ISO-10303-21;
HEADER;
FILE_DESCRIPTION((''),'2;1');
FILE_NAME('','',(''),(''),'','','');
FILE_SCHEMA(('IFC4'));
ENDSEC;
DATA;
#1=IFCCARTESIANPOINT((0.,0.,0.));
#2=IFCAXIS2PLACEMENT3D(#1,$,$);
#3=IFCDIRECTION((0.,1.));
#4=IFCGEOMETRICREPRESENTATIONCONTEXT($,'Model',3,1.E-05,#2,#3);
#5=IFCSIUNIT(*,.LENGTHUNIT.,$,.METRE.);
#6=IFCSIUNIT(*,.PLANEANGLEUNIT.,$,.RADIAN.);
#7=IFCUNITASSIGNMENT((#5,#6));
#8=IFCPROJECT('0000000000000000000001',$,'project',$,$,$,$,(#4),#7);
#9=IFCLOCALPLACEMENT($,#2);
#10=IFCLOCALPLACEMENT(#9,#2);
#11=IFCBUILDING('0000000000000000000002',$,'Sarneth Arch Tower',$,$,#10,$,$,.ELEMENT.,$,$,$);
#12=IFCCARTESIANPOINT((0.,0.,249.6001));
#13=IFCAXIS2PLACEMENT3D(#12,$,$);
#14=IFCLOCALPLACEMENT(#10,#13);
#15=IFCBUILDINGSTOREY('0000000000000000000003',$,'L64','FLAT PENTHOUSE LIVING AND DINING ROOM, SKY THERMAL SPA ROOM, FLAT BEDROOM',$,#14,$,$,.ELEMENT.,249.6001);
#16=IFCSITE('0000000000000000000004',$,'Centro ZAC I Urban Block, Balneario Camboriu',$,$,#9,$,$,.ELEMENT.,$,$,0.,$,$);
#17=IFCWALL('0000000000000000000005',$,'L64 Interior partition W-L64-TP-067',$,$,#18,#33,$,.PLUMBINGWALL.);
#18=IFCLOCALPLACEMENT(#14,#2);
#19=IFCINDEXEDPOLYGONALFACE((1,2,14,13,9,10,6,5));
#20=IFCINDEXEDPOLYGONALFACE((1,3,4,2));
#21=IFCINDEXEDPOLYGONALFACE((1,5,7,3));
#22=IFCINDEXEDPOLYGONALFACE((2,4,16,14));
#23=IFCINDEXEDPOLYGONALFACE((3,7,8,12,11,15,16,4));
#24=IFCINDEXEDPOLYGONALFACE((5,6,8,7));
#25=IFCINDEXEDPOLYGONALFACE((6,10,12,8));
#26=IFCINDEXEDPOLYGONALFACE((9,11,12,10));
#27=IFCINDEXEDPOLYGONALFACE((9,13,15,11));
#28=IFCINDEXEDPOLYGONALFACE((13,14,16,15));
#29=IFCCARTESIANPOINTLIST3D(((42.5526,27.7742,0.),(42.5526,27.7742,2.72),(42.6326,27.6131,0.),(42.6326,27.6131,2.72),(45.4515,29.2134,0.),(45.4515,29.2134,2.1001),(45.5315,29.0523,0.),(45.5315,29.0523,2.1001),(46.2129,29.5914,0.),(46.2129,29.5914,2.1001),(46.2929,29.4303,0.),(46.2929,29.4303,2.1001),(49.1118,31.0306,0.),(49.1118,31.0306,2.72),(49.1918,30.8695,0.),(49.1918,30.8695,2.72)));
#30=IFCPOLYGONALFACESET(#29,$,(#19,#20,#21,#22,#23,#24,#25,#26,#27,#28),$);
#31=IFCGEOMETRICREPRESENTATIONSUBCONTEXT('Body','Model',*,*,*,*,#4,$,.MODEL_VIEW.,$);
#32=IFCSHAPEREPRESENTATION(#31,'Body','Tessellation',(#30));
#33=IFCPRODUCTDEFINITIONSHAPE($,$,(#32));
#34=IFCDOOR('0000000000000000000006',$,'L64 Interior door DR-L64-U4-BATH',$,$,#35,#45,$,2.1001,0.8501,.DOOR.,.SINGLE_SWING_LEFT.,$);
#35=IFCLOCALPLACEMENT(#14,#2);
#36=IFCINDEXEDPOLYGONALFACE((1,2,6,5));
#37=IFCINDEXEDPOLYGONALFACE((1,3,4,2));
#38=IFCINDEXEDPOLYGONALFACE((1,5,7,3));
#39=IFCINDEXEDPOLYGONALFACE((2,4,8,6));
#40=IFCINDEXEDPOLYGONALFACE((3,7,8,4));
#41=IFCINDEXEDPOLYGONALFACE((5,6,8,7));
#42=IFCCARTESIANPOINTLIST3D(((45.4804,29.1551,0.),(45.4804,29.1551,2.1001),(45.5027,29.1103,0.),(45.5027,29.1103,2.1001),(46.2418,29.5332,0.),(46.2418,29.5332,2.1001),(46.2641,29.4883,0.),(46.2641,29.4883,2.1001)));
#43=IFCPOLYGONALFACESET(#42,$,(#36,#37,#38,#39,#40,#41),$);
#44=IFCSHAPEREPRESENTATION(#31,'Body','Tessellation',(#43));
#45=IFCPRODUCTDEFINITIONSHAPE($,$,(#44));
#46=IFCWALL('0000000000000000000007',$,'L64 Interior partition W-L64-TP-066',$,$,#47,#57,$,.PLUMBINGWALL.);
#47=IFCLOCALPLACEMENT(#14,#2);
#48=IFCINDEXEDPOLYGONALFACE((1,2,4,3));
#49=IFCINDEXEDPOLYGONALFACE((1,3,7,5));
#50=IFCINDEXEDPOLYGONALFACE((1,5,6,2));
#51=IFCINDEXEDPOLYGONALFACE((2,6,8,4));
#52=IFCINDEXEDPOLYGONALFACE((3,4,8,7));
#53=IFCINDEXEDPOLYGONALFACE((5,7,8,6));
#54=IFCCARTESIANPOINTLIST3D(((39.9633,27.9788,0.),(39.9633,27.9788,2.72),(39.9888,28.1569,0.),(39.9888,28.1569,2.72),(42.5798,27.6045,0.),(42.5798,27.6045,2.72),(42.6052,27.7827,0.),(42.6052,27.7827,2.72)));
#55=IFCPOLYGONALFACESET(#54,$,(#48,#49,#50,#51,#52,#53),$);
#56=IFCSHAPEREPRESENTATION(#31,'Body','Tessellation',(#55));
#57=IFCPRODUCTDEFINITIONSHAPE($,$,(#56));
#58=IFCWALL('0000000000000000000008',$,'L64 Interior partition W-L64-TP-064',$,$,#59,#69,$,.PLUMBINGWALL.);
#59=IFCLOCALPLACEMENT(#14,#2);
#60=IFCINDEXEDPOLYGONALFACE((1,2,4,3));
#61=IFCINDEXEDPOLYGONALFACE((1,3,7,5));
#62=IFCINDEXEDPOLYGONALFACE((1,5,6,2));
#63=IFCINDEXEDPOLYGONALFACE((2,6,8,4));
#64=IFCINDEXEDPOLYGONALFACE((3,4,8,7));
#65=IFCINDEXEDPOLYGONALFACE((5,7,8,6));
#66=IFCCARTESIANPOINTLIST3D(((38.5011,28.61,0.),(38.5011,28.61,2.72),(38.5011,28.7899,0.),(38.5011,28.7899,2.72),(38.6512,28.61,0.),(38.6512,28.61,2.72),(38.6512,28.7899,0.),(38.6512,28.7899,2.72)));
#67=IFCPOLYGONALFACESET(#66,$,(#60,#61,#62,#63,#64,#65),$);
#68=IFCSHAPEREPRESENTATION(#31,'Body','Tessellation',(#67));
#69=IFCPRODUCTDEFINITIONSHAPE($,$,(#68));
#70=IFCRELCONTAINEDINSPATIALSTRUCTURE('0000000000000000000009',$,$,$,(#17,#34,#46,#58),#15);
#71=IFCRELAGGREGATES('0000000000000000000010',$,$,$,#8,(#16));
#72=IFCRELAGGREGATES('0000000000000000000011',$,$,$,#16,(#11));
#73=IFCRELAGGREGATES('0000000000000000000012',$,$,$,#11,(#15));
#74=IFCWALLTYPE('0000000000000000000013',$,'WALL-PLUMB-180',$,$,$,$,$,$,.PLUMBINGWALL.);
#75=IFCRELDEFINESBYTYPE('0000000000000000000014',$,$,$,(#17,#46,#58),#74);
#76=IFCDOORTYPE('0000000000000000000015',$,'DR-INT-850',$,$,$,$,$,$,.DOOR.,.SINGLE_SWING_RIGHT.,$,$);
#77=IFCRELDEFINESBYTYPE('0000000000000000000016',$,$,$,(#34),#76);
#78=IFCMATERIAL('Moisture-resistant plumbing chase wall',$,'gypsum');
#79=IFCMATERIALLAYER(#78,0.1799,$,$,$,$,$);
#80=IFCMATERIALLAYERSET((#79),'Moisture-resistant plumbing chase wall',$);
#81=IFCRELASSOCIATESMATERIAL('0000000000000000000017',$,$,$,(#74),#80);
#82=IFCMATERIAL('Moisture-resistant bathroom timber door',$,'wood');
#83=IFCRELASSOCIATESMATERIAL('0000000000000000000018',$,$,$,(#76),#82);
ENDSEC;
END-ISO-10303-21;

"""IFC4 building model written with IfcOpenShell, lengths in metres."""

from ifc_helpers import new_model, si_unit, direction, frame, frame_2d, origin, place, context, subcontext, project, spatial, rectangle, extrude, material, layer, layer_set, type_object, element, fill, save


model = new_model("IFC4")

# Units and contexts
model_context = context("Model", 3, precision=1e-05, world=origin(), true_north=direction((0.0, 1.0)))
body_context = subcontext(model_context, "Body", "Model", "MODEL_VIEW")
ifc_project = project(units=[si_unit("LENGTHUNIT", "METRE"), si_unit("PLANEANGLEUNIT", "RADIAN")], contexts=[model_context])

# Site, building, storey
site_placement = place(None, origin())
site = spatial("IfcSite", under=ifc_project, at=site_placement, Name="Centro ZAC I Urban Block, Balneario Camboriu", CompositionType="ELEMENT", RefElevation=0.0)
building_placement = place(site_placement, origin())
building = spatial("IfcBuilding", under=site, at=building_placement, Name="Sarneth Arch Tower", CompositionType="ELEMENT")
storey_placement = place(building_placement, frame((0.0, 0.0, 249.6001)))
storey = spatial("IfcBuildingStorey", under=building, at=storey_placement, Name="L64", Description="FLAT PENTHOUSE LIVING AND DINING ROOM, SKY THERMAL SPA ROOM, FLAT BEDROOM", CompositionType="ELEMENT", Elevation=249.6001)

# Wall, opening, door
ifc_material_1 = material(Name="Moisture-resistant plumbing chase wall", Category="gypsum")
ifc_layer_1 = layer(ifc_material_1, 0.1799)
ifc_layer_set_1 = layer_set([ifc_layer_1], Name="Moisture-resistant plumbing chase wall")
wall_type_1 = type_object("IfcWallType", Name="WALL-PLUMB-180", PredefinedType="PLUMBINGWALL", material=ifc_layer_set_1)
wall_1_placement = place(storey_placement, frame((42.5925, 27.6936, 0.0), z_axis=(0.0, 0.0, 1.0), x_axis=(0.89569, 0.444678, 0.0)))
wall_1 = element("IfcWall", 1, at=wall_1_placement, inside=storey, type_object=wall_type_1, Name="L64 Interior partition W-L64-TP-067", PredefinedType="PLUMBINGWALL", context=body_context, shape_type="SweptSolid", body=[
    extrude(rectangle(XDim=7.323, YDim=0.1799, at=frame_2d((3.6616, 0.0))), origin(), (0.0, 0.0, 1.0), 2.72),
])
opening_1_placement = place(wall_1_placement, frame((3.2366, 0.0, 0.0)))
opening_1 = element("IfcOpeningElement", 2, at=opening_1_placement, cuts=wall_1, PredefinedType="OPENING", context=body_context, shape_type="SweptSolid", body=[
    extrude(rectangle(XDim=0.8501, YDim=2.1001, at=frame_2d((0.425, 1.05))), frame((0.0, 0.0999, 0.0), z_axis=(0.0, -1.0, 0.0), x_axis=(1.0, 0.0, 0.0)), (0.0, 0.0, 1.0), 0.2),
])
ifc_material_2 = material(Name="Moisture-resistant bathroom timber door", Category="wood")
door_type_1 = type_object("IfcDoorType", Name="DR-INT-850", OperationType="SINGLE_SWING_RIGHT", PredefinedType="DOOR", material=ifc_material_2)
door_1_placement = place(opening_1_placement, origin())
door_1 = element("IfcDoor", 3, at=door_1_placement, inside=storey, type_object=door_type_1, Name="L64 Interior door DR-L64-U4-BATH", OperationType="SINGLE_SWING_LEFT", OverallHeight=2.1001, OverallWidth=0.8501, PredefinedType="DOOR", context=body_context, shape_type="SweptSolid", body=[
    extrude(rectangle(XDim=0.8501, YDim=2.1001, at=frame_2d((0.425, 1.05))), frame((0.0, 0.0249, 0.0), z_axis=(0.0, -1.0, 0.0), x_axis=(1.0, 0.0, 0.0)), (0.0, 0.0, 1.0), 0.05),
])
fill(opening_1, door_1)

# Walls
wall_2_placement = place(storey_placement, frame((39.9761, 28.0679, 0.0), z_axis=(0.0, 0.0, 1.0), x_axis=(0.989924, -0.141602, 0.0)))
element("IfcWall", 4, at=wall_2_placement, inside=storey, type_object=wall_type_1, Name="L64 Interior partition W-L64-TP-066", PredefinedType="PLUMBINGWALL", context=body_context, shape_type="SweptSolid", body=[
    extrude(rectangle(XDim=2.6431, YDim=0.1799, at=frame_2d((1.3215, 0.0))), origin(), (0.0, 0.0, 1.0), 2.72),
])
wall_3_placement = place(storey_placement, frame((38.501, 28.7, 0.0), z_axis=(0.0, 0.0, 1.0), x_axis=(1.0, 0.0, 0.0)))
element("IfcWall", 5, at=wall_3_placement, inside=storey, type_object=wall_type_1, Name="L64 Interior partition W-L64-TP-064", PredefinedType="PLUMBINGWALL", context=body_context, shape_type="SweptSolid", body=[
    extrude(rectangle(XDim=0.1501, YDim=0.1799, at=frame_2d((0.0752, 0.0))), origin(), (0.0, 0.0, 1.0), 2.72),
])

save(model, "model.ifc")
